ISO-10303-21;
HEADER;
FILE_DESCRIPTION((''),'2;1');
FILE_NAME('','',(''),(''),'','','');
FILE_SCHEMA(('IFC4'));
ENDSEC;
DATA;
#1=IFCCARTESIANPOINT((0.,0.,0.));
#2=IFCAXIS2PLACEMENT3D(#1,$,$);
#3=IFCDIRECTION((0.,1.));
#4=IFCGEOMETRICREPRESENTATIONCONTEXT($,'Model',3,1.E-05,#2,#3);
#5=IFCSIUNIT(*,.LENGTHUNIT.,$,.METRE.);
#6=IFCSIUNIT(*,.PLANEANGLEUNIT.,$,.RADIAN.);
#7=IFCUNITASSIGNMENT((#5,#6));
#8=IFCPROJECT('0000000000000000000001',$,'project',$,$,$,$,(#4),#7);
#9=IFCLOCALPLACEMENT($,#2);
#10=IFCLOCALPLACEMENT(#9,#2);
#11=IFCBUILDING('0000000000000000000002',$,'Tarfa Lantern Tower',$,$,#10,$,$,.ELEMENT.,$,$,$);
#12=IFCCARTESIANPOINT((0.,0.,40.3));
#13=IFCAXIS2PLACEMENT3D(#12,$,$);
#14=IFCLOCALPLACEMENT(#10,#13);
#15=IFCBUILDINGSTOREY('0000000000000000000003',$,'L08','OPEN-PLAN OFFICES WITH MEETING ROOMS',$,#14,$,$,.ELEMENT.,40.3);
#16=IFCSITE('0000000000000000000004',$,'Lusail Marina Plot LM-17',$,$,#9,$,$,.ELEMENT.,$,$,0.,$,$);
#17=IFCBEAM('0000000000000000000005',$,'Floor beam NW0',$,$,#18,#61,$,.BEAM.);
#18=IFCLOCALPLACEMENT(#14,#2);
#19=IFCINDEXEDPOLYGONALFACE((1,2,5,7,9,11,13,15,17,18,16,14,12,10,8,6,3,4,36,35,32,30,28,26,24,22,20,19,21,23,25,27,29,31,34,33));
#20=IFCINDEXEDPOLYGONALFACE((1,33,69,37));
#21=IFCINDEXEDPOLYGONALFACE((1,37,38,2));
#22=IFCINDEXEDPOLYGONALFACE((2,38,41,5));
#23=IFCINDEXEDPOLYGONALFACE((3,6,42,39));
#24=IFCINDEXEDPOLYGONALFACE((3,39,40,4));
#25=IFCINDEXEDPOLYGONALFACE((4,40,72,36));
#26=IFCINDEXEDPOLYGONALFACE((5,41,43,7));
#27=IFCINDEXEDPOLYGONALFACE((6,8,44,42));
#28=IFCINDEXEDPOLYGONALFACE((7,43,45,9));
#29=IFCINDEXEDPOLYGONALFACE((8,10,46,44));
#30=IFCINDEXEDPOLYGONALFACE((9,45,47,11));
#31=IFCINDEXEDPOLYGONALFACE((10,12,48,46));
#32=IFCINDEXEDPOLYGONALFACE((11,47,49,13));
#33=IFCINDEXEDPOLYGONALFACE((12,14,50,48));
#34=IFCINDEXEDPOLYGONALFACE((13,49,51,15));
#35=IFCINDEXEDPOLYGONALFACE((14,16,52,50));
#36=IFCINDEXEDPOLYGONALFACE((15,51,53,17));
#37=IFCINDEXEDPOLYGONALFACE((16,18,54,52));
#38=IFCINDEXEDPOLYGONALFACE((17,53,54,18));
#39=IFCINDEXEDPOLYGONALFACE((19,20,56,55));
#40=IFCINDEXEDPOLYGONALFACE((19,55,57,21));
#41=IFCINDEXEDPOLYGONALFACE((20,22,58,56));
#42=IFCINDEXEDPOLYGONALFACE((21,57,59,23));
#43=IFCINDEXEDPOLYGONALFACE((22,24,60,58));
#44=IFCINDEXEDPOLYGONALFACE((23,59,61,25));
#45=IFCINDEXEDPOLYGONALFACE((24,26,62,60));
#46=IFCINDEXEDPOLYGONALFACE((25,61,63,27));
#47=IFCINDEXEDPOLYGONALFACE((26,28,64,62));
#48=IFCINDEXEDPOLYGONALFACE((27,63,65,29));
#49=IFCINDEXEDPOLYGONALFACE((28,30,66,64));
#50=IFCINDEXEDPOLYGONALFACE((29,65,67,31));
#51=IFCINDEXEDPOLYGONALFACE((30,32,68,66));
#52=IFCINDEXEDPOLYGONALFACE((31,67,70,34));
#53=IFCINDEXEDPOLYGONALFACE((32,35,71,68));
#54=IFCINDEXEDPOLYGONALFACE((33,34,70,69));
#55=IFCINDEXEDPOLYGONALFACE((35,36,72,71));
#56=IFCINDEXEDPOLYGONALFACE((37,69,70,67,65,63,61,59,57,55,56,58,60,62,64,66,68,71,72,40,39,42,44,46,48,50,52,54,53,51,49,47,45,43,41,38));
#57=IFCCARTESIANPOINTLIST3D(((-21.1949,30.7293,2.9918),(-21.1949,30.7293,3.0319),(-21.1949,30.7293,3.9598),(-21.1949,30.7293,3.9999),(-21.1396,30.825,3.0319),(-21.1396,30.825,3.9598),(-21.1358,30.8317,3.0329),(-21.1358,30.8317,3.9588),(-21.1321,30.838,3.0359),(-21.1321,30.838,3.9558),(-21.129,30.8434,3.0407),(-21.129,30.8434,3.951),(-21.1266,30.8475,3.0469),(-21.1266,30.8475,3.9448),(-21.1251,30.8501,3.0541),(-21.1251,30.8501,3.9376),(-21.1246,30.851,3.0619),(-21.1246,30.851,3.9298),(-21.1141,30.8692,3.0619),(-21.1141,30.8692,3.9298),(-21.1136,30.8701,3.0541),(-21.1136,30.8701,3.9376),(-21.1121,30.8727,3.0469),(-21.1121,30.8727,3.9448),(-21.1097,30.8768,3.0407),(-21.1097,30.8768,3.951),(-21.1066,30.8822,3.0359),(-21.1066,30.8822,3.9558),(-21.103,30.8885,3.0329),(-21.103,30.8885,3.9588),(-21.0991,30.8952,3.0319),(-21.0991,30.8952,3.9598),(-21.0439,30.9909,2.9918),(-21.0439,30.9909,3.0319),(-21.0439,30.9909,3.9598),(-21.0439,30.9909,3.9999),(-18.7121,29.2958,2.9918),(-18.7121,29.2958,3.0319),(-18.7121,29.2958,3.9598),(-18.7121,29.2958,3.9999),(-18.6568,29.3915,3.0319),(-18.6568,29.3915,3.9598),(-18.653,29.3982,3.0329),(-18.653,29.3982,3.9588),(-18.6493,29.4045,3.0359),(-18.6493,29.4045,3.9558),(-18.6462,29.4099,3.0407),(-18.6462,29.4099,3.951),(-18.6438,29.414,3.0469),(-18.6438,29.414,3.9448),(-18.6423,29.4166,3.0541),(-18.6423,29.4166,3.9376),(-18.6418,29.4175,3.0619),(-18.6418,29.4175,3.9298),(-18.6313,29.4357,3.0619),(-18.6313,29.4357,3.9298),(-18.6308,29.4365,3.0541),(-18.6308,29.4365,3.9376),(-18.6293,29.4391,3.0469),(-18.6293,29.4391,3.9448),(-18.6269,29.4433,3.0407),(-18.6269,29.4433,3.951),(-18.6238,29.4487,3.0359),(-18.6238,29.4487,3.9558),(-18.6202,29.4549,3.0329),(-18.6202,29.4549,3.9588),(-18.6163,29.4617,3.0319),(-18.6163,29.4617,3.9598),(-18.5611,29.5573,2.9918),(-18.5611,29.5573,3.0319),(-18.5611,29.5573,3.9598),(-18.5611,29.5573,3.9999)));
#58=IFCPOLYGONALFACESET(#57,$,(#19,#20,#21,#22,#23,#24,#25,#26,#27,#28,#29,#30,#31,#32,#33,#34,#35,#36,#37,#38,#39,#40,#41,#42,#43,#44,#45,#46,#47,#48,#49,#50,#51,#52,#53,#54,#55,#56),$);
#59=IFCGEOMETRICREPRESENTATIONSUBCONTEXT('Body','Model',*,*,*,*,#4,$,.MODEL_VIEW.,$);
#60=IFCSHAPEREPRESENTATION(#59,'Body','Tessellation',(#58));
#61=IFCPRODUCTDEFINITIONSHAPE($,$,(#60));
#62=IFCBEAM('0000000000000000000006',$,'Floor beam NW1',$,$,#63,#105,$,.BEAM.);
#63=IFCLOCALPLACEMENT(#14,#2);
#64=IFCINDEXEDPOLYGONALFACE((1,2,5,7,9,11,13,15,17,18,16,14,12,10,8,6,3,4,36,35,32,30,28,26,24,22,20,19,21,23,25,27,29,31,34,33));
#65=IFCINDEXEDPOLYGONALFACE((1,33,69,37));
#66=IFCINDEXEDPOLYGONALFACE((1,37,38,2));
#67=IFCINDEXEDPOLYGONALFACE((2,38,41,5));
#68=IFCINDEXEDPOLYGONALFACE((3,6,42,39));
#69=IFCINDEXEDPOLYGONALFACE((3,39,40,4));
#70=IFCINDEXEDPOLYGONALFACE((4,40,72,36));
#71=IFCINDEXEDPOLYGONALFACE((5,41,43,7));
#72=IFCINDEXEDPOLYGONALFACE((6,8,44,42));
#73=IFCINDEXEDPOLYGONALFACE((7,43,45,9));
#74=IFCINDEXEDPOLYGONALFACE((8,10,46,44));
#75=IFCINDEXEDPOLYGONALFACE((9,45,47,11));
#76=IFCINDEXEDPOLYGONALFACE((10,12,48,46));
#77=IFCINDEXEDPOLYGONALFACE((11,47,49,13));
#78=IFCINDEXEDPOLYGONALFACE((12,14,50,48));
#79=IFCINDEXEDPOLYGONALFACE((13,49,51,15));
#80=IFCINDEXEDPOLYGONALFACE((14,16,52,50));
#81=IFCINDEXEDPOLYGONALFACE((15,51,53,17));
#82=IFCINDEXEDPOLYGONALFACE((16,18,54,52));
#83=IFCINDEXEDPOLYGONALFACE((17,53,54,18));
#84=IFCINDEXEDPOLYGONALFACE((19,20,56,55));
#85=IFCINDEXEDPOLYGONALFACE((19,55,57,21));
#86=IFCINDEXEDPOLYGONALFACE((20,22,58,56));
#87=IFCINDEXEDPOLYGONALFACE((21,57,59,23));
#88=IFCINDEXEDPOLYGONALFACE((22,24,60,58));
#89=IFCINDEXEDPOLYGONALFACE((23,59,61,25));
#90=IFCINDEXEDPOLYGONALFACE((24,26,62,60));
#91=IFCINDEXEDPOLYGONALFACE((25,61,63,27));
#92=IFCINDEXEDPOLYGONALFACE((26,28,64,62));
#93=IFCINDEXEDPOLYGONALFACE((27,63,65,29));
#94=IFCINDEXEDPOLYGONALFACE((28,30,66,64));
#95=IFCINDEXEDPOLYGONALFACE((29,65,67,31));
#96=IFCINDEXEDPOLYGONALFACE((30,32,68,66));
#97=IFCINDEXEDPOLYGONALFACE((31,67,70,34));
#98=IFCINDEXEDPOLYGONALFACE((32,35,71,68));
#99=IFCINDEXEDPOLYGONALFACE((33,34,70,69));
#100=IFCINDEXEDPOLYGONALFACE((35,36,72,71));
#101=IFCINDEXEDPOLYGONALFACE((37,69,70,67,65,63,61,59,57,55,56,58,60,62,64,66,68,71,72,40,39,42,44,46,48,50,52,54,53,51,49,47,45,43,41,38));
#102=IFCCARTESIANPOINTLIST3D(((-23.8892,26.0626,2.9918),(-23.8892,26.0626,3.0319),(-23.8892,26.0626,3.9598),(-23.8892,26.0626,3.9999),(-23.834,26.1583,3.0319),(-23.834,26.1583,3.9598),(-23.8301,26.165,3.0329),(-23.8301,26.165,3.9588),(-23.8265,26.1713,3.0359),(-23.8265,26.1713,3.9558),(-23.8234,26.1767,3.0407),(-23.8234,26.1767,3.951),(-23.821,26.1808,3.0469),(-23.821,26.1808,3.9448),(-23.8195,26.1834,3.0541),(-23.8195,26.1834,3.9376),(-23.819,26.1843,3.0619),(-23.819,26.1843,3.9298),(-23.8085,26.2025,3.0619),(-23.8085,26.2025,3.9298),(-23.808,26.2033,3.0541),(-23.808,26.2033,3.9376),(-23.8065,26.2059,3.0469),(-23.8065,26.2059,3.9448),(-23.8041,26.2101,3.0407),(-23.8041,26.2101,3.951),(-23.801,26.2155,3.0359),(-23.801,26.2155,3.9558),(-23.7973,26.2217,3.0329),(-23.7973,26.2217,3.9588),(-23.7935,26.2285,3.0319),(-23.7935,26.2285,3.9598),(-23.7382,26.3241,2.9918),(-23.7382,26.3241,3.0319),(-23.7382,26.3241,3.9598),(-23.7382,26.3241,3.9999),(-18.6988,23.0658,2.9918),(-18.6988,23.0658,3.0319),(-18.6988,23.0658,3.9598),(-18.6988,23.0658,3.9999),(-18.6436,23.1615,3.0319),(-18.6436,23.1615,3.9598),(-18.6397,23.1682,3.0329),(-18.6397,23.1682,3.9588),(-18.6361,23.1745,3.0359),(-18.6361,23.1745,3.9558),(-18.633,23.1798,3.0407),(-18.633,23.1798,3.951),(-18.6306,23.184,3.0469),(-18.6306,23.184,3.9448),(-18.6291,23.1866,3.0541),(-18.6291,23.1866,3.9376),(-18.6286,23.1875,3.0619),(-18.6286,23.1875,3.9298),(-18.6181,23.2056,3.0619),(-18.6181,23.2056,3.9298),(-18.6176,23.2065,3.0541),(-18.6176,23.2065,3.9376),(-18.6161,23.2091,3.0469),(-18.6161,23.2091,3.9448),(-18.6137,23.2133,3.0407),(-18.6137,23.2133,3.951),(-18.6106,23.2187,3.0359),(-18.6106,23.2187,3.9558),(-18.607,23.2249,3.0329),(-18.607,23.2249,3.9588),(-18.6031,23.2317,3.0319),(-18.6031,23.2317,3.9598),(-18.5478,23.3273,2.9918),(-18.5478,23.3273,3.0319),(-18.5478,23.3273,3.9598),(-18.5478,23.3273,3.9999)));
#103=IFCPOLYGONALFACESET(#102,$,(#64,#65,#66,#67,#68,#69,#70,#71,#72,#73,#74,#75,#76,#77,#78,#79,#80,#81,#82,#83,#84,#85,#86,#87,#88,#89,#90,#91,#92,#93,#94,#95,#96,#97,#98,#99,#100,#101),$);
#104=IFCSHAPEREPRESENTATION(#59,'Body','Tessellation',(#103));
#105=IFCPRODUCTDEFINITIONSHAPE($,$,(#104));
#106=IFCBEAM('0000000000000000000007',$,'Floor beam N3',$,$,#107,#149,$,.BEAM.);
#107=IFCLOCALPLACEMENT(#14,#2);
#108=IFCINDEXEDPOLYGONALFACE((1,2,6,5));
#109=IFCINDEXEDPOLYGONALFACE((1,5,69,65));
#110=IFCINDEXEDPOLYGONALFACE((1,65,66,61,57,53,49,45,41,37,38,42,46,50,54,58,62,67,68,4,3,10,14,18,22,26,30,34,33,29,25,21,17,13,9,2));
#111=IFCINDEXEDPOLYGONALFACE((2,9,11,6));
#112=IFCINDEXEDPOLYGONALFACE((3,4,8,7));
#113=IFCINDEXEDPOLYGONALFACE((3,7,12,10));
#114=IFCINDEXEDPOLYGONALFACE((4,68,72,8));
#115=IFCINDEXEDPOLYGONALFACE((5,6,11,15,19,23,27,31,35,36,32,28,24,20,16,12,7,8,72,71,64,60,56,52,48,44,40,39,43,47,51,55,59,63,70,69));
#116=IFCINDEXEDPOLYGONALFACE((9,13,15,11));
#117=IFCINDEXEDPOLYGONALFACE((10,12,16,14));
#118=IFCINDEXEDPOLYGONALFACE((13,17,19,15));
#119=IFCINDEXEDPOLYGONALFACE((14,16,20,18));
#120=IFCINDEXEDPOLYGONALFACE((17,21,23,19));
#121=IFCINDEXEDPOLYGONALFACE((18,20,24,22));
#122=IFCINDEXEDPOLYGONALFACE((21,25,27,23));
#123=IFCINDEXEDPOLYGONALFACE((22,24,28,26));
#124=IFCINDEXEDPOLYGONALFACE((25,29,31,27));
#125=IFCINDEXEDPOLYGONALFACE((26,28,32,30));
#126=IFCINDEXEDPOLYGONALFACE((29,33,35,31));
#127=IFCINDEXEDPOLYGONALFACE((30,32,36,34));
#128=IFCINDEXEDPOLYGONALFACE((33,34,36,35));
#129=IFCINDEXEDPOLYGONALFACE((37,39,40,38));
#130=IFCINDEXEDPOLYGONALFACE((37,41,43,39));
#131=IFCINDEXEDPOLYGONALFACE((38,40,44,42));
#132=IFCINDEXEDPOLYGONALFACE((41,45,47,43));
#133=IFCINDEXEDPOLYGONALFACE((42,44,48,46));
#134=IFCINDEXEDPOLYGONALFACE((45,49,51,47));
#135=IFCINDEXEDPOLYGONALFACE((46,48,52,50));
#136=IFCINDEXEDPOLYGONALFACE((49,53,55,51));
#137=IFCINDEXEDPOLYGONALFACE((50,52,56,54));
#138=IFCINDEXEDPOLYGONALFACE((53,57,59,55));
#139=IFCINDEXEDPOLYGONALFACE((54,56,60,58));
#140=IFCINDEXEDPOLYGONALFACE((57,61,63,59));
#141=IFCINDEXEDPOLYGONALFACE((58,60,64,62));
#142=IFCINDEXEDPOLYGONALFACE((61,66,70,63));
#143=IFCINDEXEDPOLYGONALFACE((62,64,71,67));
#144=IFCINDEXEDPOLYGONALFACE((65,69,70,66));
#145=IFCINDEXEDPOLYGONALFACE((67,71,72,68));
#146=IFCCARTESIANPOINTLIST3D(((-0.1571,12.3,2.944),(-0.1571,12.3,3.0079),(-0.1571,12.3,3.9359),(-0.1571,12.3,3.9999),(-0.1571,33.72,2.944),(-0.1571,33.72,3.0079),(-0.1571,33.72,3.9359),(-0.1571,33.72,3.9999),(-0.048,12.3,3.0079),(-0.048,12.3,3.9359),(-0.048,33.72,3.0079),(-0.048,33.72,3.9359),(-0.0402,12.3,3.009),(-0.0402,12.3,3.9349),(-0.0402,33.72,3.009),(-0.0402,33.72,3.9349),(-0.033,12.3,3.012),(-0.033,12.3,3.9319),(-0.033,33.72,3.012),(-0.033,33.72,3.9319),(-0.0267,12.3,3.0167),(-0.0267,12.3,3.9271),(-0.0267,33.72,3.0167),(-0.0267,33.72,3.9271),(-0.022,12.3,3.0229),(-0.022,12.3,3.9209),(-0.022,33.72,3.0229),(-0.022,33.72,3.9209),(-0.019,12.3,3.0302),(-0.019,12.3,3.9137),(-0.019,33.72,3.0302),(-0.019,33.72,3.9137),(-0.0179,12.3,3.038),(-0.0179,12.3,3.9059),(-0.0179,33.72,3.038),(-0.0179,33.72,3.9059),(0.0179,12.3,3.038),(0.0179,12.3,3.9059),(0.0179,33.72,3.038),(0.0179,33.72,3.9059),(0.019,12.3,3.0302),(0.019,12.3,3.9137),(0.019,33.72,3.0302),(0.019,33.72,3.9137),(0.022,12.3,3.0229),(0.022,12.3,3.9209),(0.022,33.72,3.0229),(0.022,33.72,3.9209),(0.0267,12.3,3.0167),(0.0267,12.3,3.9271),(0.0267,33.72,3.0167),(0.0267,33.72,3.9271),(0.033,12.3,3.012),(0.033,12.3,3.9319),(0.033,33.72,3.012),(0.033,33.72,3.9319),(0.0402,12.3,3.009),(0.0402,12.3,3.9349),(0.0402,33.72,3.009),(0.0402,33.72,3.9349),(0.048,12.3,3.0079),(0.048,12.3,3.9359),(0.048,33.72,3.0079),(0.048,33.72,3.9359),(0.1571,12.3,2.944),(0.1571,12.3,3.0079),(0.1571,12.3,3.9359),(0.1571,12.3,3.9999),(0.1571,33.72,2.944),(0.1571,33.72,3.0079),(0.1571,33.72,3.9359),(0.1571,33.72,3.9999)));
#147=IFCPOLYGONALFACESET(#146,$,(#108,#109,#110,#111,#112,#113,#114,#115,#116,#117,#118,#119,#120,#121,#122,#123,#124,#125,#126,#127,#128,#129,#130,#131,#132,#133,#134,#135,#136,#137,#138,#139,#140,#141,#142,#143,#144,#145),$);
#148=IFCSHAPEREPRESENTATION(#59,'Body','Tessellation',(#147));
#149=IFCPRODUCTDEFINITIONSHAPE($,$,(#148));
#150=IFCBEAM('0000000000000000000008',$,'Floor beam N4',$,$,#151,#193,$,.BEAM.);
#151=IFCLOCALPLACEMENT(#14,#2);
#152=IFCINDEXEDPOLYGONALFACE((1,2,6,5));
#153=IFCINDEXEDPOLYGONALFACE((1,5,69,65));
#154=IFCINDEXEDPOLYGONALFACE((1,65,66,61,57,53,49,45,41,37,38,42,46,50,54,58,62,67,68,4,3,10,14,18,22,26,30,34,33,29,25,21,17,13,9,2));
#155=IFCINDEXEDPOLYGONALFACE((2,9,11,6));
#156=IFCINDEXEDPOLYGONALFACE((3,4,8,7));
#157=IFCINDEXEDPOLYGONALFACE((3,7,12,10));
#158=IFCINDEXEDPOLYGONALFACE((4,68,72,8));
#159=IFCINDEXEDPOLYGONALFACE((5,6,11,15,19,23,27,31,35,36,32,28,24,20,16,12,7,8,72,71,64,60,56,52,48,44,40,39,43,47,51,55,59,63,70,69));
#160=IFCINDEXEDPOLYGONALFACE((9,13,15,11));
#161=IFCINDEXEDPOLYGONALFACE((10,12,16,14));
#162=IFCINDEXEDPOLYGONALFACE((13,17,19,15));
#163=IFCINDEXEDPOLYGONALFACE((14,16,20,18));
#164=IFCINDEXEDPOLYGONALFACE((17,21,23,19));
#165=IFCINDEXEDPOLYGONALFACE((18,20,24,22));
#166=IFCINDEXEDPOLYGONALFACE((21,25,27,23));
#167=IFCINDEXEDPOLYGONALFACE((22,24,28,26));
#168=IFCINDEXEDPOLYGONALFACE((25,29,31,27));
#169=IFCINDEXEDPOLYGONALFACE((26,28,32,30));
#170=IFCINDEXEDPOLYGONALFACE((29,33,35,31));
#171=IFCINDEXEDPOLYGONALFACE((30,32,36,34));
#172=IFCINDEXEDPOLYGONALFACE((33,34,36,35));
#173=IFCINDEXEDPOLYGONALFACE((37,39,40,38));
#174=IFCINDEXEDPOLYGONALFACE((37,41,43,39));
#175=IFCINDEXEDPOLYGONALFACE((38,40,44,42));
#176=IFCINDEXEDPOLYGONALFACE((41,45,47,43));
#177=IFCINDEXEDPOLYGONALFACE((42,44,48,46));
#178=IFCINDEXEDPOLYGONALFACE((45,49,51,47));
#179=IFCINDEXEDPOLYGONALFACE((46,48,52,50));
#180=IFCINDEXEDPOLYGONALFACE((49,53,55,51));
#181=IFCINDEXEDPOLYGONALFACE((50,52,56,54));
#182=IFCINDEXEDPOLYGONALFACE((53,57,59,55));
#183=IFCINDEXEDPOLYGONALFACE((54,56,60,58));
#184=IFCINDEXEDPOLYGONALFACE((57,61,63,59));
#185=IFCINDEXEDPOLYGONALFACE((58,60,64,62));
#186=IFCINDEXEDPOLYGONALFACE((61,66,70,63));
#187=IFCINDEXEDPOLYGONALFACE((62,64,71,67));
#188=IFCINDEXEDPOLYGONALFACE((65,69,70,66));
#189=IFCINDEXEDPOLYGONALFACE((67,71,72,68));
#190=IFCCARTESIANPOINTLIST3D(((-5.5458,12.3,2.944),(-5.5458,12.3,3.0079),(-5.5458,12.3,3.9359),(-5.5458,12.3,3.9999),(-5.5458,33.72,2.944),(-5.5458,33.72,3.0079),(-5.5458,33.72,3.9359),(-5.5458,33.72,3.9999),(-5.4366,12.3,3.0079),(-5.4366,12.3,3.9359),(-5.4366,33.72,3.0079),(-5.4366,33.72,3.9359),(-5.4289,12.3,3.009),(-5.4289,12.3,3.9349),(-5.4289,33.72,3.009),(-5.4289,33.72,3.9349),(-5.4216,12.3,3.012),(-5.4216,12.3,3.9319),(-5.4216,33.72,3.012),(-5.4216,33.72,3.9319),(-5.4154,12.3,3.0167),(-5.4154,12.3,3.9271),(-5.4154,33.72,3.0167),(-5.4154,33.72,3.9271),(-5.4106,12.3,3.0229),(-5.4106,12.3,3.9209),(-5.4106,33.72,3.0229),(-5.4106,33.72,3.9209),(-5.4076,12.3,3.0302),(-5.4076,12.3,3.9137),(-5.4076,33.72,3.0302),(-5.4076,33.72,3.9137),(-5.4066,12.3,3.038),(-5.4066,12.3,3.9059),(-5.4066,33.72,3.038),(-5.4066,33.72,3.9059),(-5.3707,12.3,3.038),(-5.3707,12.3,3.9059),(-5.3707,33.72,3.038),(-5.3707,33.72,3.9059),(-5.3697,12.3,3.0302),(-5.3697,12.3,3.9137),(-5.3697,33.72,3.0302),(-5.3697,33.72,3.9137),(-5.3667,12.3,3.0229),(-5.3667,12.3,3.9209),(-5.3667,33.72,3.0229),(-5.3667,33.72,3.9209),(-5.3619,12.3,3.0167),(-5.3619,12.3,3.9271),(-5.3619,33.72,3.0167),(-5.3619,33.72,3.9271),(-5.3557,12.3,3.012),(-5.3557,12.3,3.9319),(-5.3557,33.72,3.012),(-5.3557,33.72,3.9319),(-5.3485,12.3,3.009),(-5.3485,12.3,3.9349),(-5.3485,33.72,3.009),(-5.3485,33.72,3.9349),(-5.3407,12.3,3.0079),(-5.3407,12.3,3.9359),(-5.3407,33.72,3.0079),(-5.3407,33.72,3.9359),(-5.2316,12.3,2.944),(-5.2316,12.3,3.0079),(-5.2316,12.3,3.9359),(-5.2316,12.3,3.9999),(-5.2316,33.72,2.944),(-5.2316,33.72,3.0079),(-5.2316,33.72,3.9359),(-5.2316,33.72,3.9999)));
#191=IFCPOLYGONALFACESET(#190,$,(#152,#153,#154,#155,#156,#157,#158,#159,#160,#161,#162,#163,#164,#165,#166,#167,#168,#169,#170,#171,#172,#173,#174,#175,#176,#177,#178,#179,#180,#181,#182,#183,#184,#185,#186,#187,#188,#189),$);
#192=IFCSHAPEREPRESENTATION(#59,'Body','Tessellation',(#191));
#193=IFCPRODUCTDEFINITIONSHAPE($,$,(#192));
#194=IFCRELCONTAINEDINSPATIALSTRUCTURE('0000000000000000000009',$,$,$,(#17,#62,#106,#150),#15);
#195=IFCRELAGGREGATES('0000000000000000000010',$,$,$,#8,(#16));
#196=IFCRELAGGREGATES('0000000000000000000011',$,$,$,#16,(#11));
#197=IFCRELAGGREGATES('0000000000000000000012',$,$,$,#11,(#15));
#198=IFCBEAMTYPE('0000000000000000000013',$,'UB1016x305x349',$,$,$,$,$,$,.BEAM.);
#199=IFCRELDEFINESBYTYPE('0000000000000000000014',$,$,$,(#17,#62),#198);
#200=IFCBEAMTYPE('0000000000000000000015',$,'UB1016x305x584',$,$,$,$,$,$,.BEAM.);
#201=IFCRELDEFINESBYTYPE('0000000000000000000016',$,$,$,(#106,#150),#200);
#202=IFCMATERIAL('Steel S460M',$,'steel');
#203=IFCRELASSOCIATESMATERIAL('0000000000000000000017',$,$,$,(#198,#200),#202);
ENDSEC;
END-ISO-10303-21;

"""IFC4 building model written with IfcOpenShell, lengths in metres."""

from ifc_helpers import new_model, si_unit, direction, frame, origin, origin_2d, place, context, subcontext, project, spatial, i_section, extrude, material, material_profile, profile_set, type_object, element, save


model = new_model("IFC4")

# Units and contexts
model_context = context("Model", 3, precision=1e-05, world=origin(), true_north=direction((0.0, 1.0)))
body_context = subcontext(model_context, "Body", "Model", "MODEL_VIEW")
ifc_project = project(units=[si_unit("LENGTHUNIT", "METRE"), si_unit("PLANEANGLEUNIT", "RADIAN")], contexts=[model_context])

# Site, building, storey
site_placement = place(None, origin())
site = spatial("IfcSite", under=ifc_project, at=site_placement, Name="Lusail Marina Plot LM-17", CompositionType="ELEMENT", RefElevation=0.0)
building_placement = place(site_placement, origin())
building = spatial("IfcBuilding", under=site, at=building_placement, Name="Tarfa Lantern Tower", CompositionType="ELEMENT")
storey_placement = place(building_placement, frame((0.0, 0.0, 40.3)))
storey = spatial("IfcBuildingStorey", under=building, at=storey_placement, Name="L08", Description="OPEN-PLAN OFFICES WITH MEETING ROOMS", CompositionType="ELEMENT", Elevation=40.3)

# Beams
ifc_material_1 = material(Name="Steel S460M", Category="steel")
ifc_material_profile_1 = material_profile(ifc_material_1, i_section(OverallWidth=0.302, OverallDepth=1.0081, WebThickness=0.021, FlangeThickness=0.04, FilletRadius=0.03, at=origin_2d()), Name="UB1016x305x349")
ifc_profile_set_1 = profile_set([ifc_material_profile_1], Name="Steel S460M")
beam_type_1 = type_object("IfcBeamType", Name="UB1016x305x349", PredefinedType="BEAM", material=ifc_profile_set_1)
beam_1_placement = place(storey_placement, frame((-21.1194, 30.8601, 3.4958), z_axis=(0.866013, -0.500022, 0.0), x_axis=(0.500022, 0.866013, 0.0)))
element("IfcBeam", 1, at=beam_1_placement, inside=storey, type_object=beam_type_1, Name="Floor beam NW0", PredefinedType="BEAM", context=body_context, shape_type="SweptSolid", body=[
    extrude(i_section(OverallWidth=0.302, OverallDepth=1.0081, WebThickness=0.021, FlangeThickness=0.04, FilletRadius=0.03, at=origin_2d()), origin(), (0.0, 0.0, 1.0), 2.8669),
])
beam_2_placement = place(storey_placement, frame((-23.8137, 26.1934, 3.4958), z_axis=(0.866016, -0.500016, 0.0), x_axis=(0.500016, 0.866016, 0.0)))
element("IfcBeam", 2, at=beam_2_placement, inside=storey, type_object=beam_type_1, Name="Floor beam NW1", PredefinedType="BEAM", context=body_context, shape_type="SweptSolid", body=[
    extrude(i_section(OverallWidth=0.302, OverallDepth=1.0081, WebThickness=0.021, FlangeThickness=0.04, FilletRadius=0.03, at=origin_2d()), origin(), (0.0, 0.0, 1.0), 5.9934),
])
ifc_material_profile_2 = material_profile(ifc_material_1, i_section(OverallWidth=0.3142, OverallDepth=1.0559, WebThickness=0.0359, FlangeThickness=0.064, FilletRadius=0.03, at=origin_2d()), Name="UB1016x305x584")
ifc_profile_set_2 = profile_set([ifc_material_profile_2], Name="Steel S460M")
beam_type_2 = type_object("IfcBeamType", Name="UB1016x305x584", PredefinedType="BEAM", material=ifc_profile_set_2)
for number, where, z_axis, x_axis, name in (
    (3, (0.0, 33.72, 3.4719), (0.0, -1.0, 0.0), (1.0, 0.0, 0.0), "Floor beam N3"),
    (4, (-5.3887, 33.72, 3.4719), (0.0, -1.0, 0.0), (1.0, 0.0, 0.0), "Floor beam N4"),
):
    element("IfcBeam", number, at=place(storey_placement, frame(where, z_axis=z_axis, x_axis=x_axis)), inside=storey, type_object=beam_type_2, Name=name, PredefinedType="BEAM", context=body_context, shape_type="SweptSolid", body=[
        extrude(i_section(OverallWidth=0.3142, OverallDepth=1.0559, WebThickness=0.0359, FlangeThickness=0.064, FilletRadius=0.03, at=origin_2d()), origin(), (0.0, 0.0, 1.0), 21.4199),
    ])

save(model, "model.ifc")
